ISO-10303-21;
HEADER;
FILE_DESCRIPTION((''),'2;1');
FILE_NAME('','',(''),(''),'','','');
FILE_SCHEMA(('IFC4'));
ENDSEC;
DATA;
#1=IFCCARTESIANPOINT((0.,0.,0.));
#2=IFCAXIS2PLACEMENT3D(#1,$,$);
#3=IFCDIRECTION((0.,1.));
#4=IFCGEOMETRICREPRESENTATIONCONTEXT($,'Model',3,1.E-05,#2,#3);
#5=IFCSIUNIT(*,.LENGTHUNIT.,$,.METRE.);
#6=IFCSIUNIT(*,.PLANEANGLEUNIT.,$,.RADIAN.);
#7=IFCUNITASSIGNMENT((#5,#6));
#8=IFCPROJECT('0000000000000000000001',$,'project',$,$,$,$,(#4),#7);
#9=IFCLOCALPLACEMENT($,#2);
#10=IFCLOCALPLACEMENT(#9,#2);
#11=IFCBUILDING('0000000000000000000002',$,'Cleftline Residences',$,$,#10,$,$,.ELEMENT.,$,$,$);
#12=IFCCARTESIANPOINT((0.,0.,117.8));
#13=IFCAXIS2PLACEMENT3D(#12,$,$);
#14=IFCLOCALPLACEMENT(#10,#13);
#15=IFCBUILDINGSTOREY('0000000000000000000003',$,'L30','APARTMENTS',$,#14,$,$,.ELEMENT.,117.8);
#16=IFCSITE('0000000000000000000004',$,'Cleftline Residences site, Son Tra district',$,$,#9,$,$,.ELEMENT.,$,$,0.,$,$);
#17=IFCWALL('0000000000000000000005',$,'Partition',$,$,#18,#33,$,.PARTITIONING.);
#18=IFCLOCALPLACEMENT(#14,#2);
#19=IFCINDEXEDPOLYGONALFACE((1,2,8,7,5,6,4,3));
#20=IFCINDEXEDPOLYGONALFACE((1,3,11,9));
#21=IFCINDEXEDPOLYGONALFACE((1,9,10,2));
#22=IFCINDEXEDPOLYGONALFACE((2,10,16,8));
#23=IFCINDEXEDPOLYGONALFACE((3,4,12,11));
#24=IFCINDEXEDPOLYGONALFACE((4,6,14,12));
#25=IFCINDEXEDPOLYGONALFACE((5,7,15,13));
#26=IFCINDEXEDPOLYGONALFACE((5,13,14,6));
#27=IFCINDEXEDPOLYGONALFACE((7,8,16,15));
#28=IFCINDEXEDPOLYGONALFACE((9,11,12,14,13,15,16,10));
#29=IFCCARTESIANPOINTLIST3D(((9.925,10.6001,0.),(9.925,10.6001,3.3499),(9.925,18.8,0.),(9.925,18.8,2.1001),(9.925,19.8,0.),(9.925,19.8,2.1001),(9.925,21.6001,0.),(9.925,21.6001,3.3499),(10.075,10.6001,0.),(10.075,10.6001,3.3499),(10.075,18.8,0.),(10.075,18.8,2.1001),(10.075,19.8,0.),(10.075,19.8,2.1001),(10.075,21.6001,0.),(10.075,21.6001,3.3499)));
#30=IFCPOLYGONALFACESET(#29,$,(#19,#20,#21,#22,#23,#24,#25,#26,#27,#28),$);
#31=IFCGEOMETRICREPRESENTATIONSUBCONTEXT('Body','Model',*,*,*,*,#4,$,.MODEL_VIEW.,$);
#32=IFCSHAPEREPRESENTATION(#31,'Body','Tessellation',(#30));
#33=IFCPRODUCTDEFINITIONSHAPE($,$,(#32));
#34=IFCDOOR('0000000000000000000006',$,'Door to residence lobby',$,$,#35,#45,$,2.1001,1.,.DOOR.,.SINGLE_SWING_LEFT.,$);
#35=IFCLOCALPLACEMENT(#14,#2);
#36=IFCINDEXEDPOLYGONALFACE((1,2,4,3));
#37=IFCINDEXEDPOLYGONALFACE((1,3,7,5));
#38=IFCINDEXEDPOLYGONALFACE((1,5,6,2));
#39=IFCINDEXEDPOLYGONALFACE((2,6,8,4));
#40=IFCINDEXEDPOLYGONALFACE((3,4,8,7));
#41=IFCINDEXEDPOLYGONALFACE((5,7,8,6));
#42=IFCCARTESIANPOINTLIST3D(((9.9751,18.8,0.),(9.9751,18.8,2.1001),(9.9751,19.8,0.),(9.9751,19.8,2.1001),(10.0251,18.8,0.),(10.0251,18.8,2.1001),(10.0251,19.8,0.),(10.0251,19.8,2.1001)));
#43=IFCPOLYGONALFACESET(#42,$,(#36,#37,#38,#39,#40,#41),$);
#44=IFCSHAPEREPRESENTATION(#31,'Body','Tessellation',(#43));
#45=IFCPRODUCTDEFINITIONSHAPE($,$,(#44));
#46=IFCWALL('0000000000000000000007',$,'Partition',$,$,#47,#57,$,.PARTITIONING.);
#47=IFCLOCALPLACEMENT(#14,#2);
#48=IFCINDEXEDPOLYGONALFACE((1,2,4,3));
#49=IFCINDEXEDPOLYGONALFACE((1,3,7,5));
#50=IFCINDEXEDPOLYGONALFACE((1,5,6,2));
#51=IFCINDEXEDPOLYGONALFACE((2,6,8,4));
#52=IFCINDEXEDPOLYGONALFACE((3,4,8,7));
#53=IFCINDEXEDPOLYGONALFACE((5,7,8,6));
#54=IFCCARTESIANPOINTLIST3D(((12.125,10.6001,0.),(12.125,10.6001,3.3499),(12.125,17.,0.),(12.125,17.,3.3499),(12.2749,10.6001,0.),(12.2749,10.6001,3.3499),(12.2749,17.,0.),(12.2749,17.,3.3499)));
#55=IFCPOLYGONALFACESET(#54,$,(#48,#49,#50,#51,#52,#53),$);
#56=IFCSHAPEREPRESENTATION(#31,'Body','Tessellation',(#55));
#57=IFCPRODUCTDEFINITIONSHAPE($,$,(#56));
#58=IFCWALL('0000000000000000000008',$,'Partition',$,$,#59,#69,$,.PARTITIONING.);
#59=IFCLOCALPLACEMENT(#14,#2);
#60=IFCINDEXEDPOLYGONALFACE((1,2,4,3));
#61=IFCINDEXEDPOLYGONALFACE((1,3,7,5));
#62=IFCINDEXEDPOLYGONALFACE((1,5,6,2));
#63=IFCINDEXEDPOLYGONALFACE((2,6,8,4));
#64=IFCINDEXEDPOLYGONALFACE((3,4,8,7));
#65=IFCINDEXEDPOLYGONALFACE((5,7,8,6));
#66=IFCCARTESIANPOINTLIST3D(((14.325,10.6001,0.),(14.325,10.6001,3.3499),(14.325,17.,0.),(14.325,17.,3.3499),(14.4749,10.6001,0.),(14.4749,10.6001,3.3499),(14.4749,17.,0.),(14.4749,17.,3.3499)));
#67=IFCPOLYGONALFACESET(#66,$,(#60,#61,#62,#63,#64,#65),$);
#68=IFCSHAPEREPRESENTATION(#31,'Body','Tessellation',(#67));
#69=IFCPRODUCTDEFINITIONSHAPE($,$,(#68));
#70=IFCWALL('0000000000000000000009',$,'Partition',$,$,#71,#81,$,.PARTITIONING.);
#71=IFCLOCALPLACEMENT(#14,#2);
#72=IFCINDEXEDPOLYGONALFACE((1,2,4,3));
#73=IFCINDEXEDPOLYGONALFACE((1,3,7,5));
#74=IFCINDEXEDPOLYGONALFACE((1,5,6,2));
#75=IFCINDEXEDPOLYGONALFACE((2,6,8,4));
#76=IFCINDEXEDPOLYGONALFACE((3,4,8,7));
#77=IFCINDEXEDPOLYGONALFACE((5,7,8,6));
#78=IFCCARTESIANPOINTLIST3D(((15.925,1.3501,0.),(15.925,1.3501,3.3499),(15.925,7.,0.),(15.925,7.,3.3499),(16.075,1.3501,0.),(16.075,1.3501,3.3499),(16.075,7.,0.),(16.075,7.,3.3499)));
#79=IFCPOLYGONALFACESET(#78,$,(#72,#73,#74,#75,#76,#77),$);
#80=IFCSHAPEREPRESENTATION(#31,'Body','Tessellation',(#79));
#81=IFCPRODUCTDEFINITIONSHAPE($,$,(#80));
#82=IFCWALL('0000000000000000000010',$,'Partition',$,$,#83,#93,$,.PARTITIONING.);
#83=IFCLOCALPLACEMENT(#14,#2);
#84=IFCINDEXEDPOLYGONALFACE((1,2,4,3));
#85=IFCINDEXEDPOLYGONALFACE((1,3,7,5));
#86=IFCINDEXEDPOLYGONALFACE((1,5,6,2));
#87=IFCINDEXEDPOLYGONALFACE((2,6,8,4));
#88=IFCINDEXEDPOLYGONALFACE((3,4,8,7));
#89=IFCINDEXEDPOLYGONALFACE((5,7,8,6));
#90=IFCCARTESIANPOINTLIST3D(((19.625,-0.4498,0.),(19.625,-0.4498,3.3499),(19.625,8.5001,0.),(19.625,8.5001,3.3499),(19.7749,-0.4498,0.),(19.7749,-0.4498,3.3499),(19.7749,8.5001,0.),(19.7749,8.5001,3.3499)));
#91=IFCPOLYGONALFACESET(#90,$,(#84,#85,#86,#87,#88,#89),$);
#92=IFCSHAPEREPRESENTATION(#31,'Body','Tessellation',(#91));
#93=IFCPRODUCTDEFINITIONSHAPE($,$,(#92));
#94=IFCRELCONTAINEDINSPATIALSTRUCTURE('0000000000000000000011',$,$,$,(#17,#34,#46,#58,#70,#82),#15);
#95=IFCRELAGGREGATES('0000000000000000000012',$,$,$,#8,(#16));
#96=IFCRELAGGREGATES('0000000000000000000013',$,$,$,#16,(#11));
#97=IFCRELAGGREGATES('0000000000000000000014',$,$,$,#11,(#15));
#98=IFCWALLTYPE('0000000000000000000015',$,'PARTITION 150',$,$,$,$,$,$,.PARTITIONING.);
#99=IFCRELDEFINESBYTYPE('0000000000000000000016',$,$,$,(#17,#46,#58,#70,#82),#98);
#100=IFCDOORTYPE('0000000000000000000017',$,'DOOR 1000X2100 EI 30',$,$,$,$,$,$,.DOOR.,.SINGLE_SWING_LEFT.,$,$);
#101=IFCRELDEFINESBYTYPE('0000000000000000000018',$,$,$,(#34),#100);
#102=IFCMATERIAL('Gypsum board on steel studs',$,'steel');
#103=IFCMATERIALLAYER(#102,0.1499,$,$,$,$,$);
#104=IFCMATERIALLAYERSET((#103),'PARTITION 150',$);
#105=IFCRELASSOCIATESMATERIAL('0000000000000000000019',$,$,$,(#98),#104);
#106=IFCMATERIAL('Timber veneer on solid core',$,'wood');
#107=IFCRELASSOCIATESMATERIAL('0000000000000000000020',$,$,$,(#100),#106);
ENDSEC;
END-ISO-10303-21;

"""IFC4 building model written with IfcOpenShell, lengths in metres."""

from ifc_helpers import new_model, si_unit, direction, frame, frame_2d, origin, place, context, subcontext, project, spatial, rectangle, extrude, material, layer, layer_set, type_object, element, fill, save


model = new_model("IFC4")

# Units and contexts
model_context = context("Model", 3, precision=1e-05, world=origin(), true_north=direction((0.0, 1.0)))
body_context = subcontext(model_context, "Body", "Model", "MODEL_VIEW")
ifc_project = project(units=[si_unit("LENGTHUNIT", "METRE"), si_unit("PLANEANGLEUNIT", "RADIAN")], contexts=[model_context])

# Site, building, storey
site_placement = place(None, origin())
site = spatial("IfcSite", under=ifc_project, at=site_placement, Name="Cleftline Residences site, Son Tra district", CompositionType="ELEMENT", RefElevation=0.0)
building_placement = place(site_placement, origin())
building = spatial("IfcBuilding", under=site, at=building_placement, Name="Cleftline Residences", CompositionType="ELEMENT")
storey_placement = place(building_placement, frame((0.0, 0.0, 117.8)))
storey = spatial("IfcBuildingStorey", under=building, at=storey_placement, Name="L30", Description="APARTMENTS", CompositionType="ELEMENT", Elevation=117.8)

# Shared definitions
ifc_material_1 = material(Name="Gypsum board on steel studs", Category="steel")
ifc_layer_1 = layer(ifc_material_1, 0.1499)
ifc_layer_set_1 = layer_set([ifc_layer_1], Name="PARTITION 150")
wall_type = type_object("IfcWallType", Name="PARTITION 150", PredefinedType="PARTITIONING", material=ifc_layer_set_1)

# Wall, opening, door
wall_1_placement = place(storey_placement, frame((10.0, 10.6001, 0.0), z_axis=(0.0, 0.0, 1.0), x_axis=(0.0, 1.0, 0.0)))
wall_1 = element("IfcWall", 1, at=wall_1_placement, inside=storey, type_object=wall_type, Name="Partition", PredefinedType="PARTITIONING", context=body_context, shape_type="SweptSolid", body=[
    extrude(rectangle(XDim=11.0, YDim=0.1499, at=frame_2d((5.5, 0.0))), origin(), (0.0, 0.0, 1.0), 3.3499),
])
opening_1_placement = place(wall_1_placement, frame((8.2, 0.0, 0.0)))
opening_1 = element("IfcOpeningElement", 2, at=opening_1_placement, cuts=wall_1, PredefinedType="OPENING", context=body_context, shape_type="SweptSolid", body=[
    extrude(rectangle(XDim=1.0, YDim=2.1001, at=frame_2d((0.5, 1.05))), frame((0.0, 0.085, 0.0), z_axis=(0.0, -1.0, 0.0), x_axis=(1.0, 0.0, 0.0)), (0.0, 0.0, 1.0), 0.1699),
])
ifc_material_2 = material(Name="Timber veneer on solid core", Category="wood")
door_type_1 = type_object("IfcDoorType", Name="DOOR 1000X2100 EI 30", OperationType="SINGLE_SWING_LEFT", PredefinedType="DOOR", material=ifc_material_2)
door_1_placement = place(opening_1_placement, origin())
door_1 = element("IfcDoor", 3, at=door_1_placement, inside=storey, type_object=door_type_1, Name="Door to residence lobby", OperationType="SINGLE_SWING_LEFT", OverallHeight=2.1001, OverallWidth=1.0, PredefinedType="DOOR", context=body_context, shape_type="SweptSolid", body=[
    extrude(rectangle(XDim=1.0, YDim=2.1001, at=frame_2d((0.5, 1.05))), frame((0.0, 0.0249, 0.0), z_axis=(0.0, -1.0, 0.0), x_axis=(1.0, 0.0, 0.0)), (0.0, 0.0, 1.0), 0.05),
])
fill(opening_1, door_1)

# Walls
for number, where, z_axis, x_axis, name in (
    (4, (12.2, 10.6001, 0.0), (0.0, 0.0, 1.0), (0.0, 1.0, 0.0), "Partition"),
    (5, (14.3999, 10.6001, 0.0), (0.0, 0.0, 1.0), (0.0, 1.0, 0.0), "Partition"),
):
    element("IfcWall", number, at=place(storey_placement, frame(where, z_axis=z_axis, x_axis=x_axis)), inside=storey, type_object=wall_type, Name=name, PredefinedType="PARTITIONING", context=body_context, shape_type="SweptSolid", body=[
        extrude(rectangle(XDim=6.3999, YDim=0.1499, at=frame_2d((3.2, 0.0))), origin(), (0.0, 0.0, 1.0), 3.3499),
    ])
wall_2_placement = place(storey_placement, frame((16.0, 1.3501, 0.0), z_axis=(0.0, 0.0, 1.0), x_axis=(0.0, 1.0, 0.0)))
element("IfcWall", 6, at=wall_2_placement, inside=storey, type_object=wall_type, Name="Partition", PredefinedType="PARTITIONING", context=body_context, shape_type="SweptSolid", body=[
    extrude(rectangle(XDim=5.6499, YDim=0.1499, at=frame_2d((2.825, 0.0))), origin(), (0.0, 0.0, 1.0), 3.3499),
])
wall_3_placement = place(storey_placement, frame((19.7, -0.45, 0.0), z_axis=(0.0, 0.0, 1.0), x_axis=(0.0, 1.0, 0.0)))
element("IfcWall", 7, at=wall_3_placement, inside=storey, type_object=wall_type, Name="Partition", PredefinedType="PARTITIONING", context=body_context, shape_type="SweptSolid", body=[
    extrude(rectangle(XDim=8.95, YDim=0.1499, at=frame_2d((4.4751, 0.0))), origin(), (0.0, 0.0, 1.0), 3.3499),
])

save(model, "model.ifc")
